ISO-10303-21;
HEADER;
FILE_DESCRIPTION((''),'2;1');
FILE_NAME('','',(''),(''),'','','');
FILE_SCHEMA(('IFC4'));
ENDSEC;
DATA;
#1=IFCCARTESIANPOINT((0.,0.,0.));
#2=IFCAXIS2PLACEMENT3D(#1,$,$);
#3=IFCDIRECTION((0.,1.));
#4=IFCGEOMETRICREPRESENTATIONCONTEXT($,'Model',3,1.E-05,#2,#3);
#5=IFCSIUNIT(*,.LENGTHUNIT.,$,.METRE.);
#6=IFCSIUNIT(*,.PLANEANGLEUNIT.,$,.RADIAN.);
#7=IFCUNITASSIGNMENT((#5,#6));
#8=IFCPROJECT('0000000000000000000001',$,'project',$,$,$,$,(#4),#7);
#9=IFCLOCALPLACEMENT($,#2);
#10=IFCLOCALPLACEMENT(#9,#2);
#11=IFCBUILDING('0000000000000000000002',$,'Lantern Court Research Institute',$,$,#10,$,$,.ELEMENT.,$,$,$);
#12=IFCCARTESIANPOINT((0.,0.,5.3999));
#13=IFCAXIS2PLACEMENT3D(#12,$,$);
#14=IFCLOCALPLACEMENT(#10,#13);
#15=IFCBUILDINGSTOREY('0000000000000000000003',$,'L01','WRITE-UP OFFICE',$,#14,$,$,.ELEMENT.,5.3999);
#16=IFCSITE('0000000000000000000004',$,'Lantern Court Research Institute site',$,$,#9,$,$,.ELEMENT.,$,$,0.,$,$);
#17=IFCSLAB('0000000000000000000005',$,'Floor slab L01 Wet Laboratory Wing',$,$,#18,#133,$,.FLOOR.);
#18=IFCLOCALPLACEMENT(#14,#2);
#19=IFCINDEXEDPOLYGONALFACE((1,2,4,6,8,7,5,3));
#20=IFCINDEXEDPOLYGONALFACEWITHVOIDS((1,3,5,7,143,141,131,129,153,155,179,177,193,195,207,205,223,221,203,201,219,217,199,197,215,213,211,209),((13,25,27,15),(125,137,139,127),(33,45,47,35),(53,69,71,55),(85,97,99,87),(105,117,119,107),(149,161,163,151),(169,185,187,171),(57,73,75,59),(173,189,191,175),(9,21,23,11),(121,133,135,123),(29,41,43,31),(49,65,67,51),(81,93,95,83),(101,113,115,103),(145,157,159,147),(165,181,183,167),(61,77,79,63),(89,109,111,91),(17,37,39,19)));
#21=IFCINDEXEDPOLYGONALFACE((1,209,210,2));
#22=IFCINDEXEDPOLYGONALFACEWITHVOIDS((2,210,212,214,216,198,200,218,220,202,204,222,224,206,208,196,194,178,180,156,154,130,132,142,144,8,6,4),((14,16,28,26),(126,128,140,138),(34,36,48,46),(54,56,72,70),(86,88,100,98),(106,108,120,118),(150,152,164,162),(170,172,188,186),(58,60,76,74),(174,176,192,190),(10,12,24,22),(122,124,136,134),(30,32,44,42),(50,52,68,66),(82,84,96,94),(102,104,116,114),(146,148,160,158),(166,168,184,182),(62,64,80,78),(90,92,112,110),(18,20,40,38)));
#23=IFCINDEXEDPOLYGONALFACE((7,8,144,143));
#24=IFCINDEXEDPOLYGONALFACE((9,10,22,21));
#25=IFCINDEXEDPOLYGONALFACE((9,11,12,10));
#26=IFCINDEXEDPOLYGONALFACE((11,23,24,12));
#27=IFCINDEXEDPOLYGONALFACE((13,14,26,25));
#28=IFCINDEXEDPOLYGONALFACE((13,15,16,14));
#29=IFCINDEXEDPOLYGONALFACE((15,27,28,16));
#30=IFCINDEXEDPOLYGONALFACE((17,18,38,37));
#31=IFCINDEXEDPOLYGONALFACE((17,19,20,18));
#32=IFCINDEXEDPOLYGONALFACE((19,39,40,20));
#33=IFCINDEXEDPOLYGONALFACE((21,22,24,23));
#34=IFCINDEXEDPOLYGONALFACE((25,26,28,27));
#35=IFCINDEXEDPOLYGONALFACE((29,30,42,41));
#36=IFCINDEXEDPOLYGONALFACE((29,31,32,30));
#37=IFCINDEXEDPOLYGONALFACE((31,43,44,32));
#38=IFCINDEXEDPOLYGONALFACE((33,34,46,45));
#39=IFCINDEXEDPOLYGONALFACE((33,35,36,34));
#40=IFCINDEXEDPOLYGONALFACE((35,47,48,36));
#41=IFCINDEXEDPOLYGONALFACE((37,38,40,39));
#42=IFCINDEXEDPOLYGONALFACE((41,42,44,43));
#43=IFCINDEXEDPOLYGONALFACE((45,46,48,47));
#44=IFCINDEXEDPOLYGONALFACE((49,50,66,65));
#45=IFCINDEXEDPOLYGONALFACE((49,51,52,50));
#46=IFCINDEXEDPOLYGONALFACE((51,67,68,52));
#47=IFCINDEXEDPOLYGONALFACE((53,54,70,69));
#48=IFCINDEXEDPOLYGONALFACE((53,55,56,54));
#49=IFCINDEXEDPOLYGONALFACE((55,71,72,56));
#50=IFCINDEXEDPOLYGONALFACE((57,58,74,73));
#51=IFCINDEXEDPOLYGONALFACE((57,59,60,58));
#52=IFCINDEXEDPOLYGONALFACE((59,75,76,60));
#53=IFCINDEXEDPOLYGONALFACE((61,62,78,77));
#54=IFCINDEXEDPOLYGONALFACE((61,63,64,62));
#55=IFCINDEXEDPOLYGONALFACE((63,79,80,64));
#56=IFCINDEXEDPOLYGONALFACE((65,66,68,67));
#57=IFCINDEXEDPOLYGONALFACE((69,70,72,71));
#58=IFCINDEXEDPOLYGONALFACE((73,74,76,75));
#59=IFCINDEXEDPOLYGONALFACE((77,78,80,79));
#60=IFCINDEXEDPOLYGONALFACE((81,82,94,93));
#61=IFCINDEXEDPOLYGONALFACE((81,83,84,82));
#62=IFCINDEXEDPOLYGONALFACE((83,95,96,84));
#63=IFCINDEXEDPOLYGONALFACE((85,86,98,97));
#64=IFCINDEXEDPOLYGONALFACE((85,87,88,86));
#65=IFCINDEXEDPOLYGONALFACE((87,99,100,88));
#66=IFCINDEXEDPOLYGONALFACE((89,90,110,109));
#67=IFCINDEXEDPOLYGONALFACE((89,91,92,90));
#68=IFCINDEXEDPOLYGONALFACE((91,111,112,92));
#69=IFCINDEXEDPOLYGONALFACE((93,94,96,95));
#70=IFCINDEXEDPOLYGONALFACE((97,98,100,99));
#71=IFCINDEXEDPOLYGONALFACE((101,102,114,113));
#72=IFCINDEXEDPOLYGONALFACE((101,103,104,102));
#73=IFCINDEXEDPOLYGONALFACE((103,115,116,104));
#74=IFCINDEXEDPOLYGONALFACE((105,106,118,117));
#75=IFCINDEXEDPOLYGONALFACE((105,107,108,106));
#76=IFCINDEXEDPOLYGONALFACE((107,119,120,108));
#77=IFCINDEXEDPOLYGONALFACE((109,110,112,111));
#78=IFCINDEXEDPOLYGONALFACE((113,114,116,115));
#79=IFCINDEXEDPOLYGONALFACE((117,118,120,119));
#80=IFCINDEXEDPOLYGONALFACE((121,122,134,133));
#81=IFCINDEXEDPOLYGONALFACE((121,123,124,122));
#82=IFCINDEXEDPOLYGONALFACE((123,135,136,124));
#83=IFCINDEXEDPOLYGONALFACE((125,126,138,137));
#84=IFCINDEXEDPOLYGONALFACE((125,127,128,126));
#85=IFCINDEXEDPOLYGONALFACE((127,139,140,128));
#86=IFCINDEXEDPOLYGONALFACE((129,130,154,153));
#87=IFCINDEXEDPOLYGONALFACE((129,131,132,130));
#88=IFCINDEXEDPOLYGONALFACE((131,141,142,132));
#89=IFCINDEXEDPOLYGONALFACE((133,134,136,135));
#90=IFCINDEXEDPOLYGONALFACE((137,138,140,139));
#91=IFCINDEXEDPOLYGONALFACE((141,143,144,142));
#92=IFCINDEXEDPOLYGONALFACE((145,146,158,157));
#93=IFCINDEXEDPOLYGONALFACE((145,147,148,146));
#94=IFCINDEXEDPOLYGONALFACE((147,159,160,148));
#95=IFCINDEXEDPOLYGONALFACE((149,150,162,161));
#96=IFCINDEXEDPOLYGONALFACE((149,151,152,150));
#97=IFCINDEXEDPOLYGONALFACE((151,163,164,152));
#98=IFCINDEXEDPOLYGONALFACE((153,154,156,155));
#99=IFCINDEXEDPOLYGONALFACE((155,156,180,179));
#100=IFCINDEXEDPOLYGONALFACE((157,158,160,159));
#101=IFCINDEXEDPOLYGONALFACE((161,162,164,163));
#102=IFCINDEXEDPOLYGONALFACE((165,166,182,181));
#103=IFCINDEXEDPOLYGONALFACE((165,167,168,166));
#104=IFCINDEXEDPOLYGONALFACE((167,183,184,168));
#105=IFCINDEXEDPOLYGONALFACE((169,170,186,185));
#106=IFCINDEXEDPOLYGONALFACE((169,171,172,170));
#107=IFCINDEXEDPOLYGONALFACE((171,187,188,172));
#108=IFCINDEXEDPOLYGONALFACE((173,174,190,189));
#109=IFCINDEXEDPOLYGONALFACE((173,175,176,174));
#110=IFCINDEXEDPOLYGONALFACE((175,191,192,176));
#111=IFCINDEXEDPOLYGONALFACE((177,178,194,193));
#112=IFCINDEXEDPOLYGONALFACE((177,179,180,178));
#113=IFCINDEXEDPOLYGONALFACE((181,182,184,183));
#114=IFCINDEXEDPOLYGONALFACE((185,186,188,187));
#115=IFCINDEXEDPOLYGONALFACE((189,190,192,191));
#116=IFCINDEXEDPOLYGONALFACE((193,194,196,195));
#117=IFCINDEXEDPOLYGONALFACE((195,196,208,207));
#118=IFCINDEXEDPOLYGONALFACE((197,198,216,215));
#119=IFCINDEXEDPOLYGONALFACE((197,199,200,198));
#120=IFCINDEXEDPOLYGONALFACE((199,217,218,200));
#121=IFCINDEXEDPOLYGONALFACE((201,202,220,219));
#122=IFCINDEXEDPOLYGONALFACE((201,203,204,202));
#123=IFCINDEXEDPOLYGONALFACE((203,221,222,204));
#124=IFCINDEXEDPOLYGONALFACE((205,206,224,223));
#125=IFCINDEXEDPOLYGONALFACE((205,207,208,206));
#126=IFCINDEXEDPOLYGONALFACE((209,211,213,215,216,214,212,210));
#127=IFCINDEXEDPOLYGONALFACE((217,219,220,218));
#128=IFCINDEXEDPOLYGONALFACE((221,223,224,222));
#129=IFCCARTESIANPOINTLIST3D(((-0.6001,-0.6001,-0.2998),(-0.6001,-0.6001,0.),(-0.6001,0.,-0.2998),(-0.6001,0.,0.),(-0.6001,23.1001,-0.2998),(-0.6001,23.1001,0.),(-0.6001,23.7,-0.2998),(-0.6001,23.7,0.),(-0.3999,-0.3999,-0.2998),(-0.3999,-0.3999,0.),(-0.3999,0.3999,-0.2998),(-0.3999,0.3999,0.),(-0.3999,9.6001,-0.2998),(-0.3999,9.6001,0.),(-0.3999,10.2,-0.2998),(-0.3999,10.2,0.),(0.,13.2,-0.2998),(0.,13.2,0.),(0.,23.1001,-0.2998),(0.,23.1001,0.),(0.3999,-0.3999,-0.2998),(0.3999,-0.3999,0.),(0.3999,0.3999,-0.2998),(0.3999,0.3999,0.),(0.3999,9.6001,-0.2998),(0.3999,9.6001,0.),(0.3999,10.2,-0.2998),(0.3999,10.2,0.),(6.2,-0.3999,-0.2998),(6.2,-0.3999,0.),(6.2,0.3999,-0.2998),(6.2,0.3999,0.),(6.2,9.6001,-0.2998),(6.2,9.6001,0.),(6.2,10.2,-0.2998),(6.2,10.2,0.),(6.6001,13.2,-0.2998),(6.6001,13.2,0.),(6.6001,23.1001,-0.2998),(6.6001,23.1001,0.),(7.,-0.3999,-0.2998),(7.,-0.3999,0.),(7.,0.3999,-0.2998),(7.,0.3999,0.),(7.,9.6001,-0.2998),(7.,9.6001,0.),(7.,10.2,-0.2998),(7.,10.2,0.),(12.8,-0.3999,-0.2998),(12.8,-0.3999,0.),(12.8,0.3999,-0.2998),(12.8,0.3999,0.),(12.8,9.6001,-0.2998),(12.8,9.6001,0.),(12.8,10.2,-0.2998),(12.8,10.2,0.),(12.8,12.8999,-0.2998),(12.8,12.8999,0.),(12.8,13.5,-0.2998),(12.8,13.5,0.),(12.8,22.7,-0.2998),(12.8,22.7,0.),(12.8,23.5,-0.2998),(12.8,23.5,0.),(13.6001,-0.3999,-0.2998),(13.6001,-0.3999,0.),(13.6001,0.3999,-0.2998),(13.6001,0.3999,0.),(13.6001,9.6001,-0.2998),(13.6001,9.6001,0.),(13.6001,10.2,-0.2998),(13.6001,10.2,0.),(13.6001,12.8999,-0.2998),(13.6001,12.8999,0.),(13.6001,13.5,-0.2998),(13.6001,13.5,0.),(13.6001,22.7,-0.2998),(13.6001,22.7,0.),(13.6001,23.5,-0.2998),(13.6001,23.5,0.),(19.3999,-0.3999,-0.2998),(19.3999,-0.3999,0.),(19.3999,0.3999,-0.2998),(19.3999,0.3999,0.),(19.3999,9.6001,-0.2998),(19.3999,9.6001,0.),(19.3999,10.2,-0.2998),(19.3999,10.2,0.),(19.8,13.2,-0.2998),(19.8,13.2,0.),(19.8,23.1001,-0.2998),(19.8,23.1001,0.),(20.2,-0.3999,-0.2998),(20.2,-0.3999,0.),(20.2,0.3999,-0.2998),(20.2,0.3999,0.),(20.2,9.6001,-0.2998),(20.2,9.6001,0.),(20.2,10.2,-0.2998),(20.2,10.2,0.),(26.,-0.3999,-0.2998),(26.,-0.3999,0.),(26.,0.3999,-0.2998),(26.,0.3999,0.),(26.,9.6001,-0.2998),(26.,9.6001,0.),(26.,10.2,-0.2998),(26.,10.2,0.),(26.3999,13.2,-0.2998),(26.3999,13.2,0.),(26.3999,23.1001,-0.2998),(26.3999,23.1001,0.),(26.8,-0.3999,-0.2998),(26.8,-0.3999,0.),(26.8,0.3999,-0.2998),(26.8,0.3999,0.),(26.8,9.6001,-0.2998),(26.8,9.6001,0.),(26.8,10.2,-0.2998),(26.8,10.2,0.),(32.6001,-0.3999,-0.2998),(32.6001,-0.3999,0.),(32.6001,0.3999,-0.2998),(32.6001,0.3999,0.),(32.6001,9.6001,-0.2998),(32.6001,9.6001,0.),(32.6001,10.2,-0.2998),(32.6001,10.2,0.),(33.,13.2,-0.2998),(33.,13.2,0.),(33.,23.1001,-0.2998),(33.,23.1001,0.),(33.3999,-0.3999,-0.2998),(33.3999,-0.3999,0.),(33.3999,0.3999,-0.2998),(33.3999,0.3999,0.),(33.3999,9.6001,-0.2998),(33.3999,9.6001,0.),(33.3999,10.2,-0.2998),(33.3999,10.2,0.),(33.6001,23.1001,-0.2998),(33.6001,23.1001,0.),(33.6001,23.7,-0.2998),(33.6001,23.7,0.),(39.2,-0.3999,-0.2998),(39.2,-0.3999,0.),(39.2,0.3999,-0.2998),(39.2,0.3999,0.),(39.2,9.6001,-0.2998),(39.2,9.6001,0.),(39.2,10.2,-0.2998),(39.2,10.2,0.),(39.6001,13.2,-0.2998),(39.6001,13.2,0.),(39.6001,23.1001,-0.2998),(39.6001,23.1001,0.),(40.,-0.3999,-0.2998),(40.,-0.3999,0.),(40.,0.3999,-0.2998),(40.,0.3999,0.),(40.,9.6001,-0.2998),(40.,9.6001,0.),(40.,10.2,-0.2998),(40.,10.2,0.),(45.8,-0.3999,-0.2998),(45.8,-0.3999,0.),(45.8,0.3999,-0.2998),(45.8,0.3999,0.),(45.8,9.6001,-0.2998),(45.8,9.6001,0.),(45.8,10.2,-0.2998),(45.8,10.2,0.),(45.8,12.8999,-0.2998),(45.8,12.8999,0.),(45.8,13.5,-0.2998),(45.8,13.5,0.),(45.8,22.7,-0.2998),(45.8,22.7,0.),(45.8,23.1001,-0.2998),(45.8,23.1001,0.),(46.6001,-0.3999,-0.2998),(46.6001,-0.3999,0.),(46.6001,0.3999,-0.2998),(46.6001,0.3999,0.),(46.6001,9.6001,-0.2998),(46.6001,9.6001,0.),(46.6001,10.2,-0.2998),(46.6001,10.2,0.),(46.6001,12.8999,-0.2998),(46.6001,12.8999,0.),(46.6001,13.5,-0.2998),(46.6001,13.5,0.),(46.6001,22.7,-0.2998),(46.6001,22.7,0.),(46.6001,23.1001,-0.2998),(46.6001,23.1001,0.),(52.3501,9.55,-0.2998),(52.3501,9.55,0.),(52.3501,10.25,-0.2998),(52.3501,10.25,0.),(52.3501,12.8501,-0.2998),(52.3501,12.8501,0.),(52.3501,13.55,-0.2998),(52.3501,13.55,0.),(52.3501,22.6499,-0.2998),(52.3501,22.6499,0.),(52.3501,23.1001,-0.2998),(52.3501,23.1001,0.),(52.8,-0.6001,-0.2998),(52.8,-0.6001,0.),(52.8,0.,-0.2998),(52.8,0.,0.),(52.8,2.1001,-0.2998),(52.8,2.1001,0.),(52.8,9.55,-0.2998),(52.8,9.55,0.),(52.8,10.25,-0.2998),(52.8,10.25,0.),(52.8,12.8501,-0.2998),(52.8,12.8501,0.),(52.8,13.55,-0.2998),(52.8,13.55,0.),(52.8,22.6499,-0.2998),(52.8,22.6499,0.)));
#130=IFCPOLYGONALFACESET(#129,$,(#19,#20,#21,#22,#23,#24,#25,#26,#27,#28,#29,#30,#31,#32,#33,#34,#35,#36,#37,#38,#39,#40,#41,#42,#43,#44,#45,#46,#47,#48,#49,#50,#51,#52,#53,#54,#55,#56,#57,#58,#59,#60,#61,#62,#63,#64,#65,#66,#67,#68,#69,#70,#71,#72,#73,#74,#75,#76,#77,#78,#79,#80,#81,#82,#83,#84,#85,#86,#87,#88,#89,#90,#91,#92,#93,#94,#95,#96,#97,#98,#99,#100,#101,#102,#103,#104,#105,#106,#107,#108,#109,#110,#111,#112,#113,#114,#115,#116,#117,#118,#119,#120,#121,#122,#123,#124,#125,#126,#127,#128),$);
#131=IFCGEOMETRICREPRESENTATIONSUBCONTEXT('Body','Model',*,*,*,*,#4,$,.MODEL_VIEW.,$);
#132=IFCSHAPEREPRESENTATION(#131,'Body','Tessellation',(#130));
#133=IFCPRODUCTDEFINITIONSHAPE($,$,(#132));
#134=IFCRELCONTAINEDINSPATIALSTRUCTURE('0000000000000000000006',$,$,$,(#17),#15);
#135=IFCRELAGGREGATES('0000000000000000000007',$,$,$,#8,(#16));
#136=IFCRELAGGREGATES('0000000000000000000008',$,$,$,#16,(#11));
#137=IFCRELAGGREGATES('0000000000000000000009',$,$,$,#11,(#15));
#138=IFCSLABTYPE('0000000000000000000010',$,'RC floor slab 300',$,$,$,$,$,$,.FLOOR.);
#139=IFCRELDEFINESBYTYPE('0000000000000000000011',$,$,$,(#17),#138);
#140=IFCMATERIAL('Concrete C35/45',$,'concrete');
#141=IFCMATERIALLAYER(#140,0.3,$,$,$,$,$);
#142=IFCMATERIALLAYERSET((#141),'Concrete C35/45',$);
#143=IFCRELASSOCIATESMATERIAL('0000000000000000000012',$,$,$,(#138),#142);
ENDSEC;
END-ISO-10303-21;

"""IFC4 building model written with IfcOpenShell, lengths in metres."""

from ifc_helpers import new_model, si_unit, direction, frame, origin, place, context, subcontext, project, spatial, polyline, outline, extrude, material, layer, layer_set, type_object, element, save


model = new_model("IFC4")

# Units and contexts
model_context = context("Model", 3, precision=1e-05, world=origin(), true_north=direction((0.0, 1.0)))
body_context = subcontext(model_context, "Body", "Model", "MODEL_VIEW")
ifc_project = project(units=[si_unit("LENGTHUNIT", "METRE"), si_unit("PLANEANGLEUNIT", "RADIAN")], contexts=[model_context])

# Site, building, storey
site_placement = place(None, origin())
site = spatial("IfcSite", under=ifc_project, at=site_placement, Name="Lantern Court Research Institute site", CompositionType="ELEMENT", RefElevation=0.0)
building_placement = place(site_placement, origin())
building = spatial("IfcBuilding", under=site, at=building_placement, Name="Lantern Court Research Institute", CompositionType="ELEMENT")
storey_placement = place(building_placement, frame((0.0, 0.0, 5.3999)))
storey = spatial("IfcBuildingStorey", under=building, at=storey_placement, Name="L01", Description="WRITE-UP OFFICE", CompositionType="ELEMENT", Elevation=5.3999)

# Slab
ifc_material_1 = material(Name="Concrete C35/45", Category="concrete")
ifc_layer_1 = layer(ifc_material_1, 0.3)
ifc_layer_set_1 = layer_set([ifc_layer_1], Name="Concrete C35/45")
slab_type_1 = type_object("IfcSlabType", Name="RC floor slab 300", PredefinedType="FLOOR", material=ifc_layer_set_1)
slab_1_placement = place(storey_placement, frame((0.0, 0.0, -0.2998)))
element("IfcSlab", 1, at=slab_1_placement, inside=storey, type_object=slab_type_1, Name="Floor slab L01 Wet Laboratory Wing", PredefinedType="FLOOR", context=body_context, shape_type="SweptSolid", body=[
    extrude(outline(polyline([(-0.6001, 0.0), (-0.6001, -0.6001), (52.8, -0.6001), (52.8, 0.0), (52.8, 2.1001), (52.8, 9.55), (52.3501, 9.55), (52.3501, 10.25), (52.8, 10.25), (52.8, 12.8501), (52.3501, 12.8501), (52.3501, 13.55), (52.8, 13.55), (52.8, 22.6499), (52.3501, 22.6499), (52.3501, 23.1001), (46.6001, 23.1001), (46.6001, 22.7), (45.8, 22.7), (45.8, 23.1001), (39.6001, 23.1001), (39.6001, 13.2), (33.0, 13.2), (33.0, 23.1001), (33.6001, 23.1001), (33.6001, 23.7), (-0.6001, 23.7), (-0.6001, 23.1001), (-0.6001, 0.0)]), holes=[polyline([(0.3999, -0.3999), (-0.3999, -0.3999), (-0.3999, 0.3999), (0.3999, 0.3999), (0.3999, -0.3999)]), polyline([(33.3999, -0.3999), (32.6001, -0.3999), (32.6001, 0.3999), (33.3999, 0.3999), (33.3999, -0.3999)]), polyline([(26.8, -0.3999), (26.0, -0.3999), (26.0, 0.3999), (26.8, 0.3999), (26.8, -0.3999)]), polyline([(20.2, -0.3999), (19.3999, -0.3999), (19.3999, 0.3999), (20.2, 0.3999), (20.2, -0.3999)]), polyline([(13.6001, -0.3999), (12.8, -0.3999), (12.8, 0.3999), (13.6001, 0.3999), (13.6001, -0.3999)]), polyline([(7.0, -0.3999), (6.2, -0.3999), (6.2, 0.3999), (7.0, 0.3999), (7.0, -0.3999)]), polyline([(7.0, 9.6001), (6.2, 9.6001), (6.2, 10.2), (7.0, 10.2), (7.0, 9.6001)]), polyline([(12.8, 9.6001), (12.8, 10.2), (13.6001, 10.2), (13.6001, 9.6001), (12.8, 9.6001)]), polyline([(19.3999, 9.6001), (19.3999, 10.2), (20.2, 10.2), (20.2, 9.6001), (19.3999, 9.6001)]), polyline([(26.8, 9.6001), (26.0, 9.6001), (26.0, 10.2), (26.8, 10.2), (26.8, 9.6001)]), polyline([(33.3999, 9.6001), (32.6001, 9.6001), (32.6001, 10.2), (33.3999, 10.2), (33.3999, 9.6001)]), polyline([(0.3999, 9.6001), (-0.3999, 9.6001), (-0.3999, 10.2), (0.3999, 10.2), (0.3999, 9.6001)]), polyline([(13.6001, 12.8999), (12.8, 12.8999), (12.8, 13.5), (13.6001, 13.5), (13.6001, 12.8999)]), polyline([(26.3999, 13.2), (19.8, 13.2), (19.8, 23.1001), (26.3999, 23.1001), (26.3999, 13.2)]), polyline([(6.6001, 13.2), (0.0, 13.2), (0.0, 23.1001), (6.6001, 23.1001), (6.6001, 13.2)]), polyline([(13.6001, 22.7), (12.8, 22.7), (12.8, 23.5), (13.6001, 23.5), (13.6001, 22.7)]), polyline([(40.0, -0.3999), (39.2, -0.3999), (39.2, 0.3999), (40.0, 0.3999), (40.0, -0.3999)]), polyline([(46.6001, -0.3999), (45.8, -0.3999), (45.8, 0.3999), (46.6001, 0.3999), (46.6001, -0.3999)]), polyline([(40.0, 9.6001), (39.2, 9.6001), (39.2, 10.2), (40.0, 10.2), (40.0, 9.6001)]), polyline([(46.6001, 9.6001), (45.8, 9.6001), (45.8, 10.2), (46.6001, 10.2), (46.6001, 9.6001)]), polyline([(45.8, 12.8999), (45.8, 13.5), (46.6001, 13.5), (46.6001, 12.8999), (45.8, 12.8999)])]), origin(), (0.0, 0.0, 1.0), 0.2998),
])

save(model, "model.ifc")
